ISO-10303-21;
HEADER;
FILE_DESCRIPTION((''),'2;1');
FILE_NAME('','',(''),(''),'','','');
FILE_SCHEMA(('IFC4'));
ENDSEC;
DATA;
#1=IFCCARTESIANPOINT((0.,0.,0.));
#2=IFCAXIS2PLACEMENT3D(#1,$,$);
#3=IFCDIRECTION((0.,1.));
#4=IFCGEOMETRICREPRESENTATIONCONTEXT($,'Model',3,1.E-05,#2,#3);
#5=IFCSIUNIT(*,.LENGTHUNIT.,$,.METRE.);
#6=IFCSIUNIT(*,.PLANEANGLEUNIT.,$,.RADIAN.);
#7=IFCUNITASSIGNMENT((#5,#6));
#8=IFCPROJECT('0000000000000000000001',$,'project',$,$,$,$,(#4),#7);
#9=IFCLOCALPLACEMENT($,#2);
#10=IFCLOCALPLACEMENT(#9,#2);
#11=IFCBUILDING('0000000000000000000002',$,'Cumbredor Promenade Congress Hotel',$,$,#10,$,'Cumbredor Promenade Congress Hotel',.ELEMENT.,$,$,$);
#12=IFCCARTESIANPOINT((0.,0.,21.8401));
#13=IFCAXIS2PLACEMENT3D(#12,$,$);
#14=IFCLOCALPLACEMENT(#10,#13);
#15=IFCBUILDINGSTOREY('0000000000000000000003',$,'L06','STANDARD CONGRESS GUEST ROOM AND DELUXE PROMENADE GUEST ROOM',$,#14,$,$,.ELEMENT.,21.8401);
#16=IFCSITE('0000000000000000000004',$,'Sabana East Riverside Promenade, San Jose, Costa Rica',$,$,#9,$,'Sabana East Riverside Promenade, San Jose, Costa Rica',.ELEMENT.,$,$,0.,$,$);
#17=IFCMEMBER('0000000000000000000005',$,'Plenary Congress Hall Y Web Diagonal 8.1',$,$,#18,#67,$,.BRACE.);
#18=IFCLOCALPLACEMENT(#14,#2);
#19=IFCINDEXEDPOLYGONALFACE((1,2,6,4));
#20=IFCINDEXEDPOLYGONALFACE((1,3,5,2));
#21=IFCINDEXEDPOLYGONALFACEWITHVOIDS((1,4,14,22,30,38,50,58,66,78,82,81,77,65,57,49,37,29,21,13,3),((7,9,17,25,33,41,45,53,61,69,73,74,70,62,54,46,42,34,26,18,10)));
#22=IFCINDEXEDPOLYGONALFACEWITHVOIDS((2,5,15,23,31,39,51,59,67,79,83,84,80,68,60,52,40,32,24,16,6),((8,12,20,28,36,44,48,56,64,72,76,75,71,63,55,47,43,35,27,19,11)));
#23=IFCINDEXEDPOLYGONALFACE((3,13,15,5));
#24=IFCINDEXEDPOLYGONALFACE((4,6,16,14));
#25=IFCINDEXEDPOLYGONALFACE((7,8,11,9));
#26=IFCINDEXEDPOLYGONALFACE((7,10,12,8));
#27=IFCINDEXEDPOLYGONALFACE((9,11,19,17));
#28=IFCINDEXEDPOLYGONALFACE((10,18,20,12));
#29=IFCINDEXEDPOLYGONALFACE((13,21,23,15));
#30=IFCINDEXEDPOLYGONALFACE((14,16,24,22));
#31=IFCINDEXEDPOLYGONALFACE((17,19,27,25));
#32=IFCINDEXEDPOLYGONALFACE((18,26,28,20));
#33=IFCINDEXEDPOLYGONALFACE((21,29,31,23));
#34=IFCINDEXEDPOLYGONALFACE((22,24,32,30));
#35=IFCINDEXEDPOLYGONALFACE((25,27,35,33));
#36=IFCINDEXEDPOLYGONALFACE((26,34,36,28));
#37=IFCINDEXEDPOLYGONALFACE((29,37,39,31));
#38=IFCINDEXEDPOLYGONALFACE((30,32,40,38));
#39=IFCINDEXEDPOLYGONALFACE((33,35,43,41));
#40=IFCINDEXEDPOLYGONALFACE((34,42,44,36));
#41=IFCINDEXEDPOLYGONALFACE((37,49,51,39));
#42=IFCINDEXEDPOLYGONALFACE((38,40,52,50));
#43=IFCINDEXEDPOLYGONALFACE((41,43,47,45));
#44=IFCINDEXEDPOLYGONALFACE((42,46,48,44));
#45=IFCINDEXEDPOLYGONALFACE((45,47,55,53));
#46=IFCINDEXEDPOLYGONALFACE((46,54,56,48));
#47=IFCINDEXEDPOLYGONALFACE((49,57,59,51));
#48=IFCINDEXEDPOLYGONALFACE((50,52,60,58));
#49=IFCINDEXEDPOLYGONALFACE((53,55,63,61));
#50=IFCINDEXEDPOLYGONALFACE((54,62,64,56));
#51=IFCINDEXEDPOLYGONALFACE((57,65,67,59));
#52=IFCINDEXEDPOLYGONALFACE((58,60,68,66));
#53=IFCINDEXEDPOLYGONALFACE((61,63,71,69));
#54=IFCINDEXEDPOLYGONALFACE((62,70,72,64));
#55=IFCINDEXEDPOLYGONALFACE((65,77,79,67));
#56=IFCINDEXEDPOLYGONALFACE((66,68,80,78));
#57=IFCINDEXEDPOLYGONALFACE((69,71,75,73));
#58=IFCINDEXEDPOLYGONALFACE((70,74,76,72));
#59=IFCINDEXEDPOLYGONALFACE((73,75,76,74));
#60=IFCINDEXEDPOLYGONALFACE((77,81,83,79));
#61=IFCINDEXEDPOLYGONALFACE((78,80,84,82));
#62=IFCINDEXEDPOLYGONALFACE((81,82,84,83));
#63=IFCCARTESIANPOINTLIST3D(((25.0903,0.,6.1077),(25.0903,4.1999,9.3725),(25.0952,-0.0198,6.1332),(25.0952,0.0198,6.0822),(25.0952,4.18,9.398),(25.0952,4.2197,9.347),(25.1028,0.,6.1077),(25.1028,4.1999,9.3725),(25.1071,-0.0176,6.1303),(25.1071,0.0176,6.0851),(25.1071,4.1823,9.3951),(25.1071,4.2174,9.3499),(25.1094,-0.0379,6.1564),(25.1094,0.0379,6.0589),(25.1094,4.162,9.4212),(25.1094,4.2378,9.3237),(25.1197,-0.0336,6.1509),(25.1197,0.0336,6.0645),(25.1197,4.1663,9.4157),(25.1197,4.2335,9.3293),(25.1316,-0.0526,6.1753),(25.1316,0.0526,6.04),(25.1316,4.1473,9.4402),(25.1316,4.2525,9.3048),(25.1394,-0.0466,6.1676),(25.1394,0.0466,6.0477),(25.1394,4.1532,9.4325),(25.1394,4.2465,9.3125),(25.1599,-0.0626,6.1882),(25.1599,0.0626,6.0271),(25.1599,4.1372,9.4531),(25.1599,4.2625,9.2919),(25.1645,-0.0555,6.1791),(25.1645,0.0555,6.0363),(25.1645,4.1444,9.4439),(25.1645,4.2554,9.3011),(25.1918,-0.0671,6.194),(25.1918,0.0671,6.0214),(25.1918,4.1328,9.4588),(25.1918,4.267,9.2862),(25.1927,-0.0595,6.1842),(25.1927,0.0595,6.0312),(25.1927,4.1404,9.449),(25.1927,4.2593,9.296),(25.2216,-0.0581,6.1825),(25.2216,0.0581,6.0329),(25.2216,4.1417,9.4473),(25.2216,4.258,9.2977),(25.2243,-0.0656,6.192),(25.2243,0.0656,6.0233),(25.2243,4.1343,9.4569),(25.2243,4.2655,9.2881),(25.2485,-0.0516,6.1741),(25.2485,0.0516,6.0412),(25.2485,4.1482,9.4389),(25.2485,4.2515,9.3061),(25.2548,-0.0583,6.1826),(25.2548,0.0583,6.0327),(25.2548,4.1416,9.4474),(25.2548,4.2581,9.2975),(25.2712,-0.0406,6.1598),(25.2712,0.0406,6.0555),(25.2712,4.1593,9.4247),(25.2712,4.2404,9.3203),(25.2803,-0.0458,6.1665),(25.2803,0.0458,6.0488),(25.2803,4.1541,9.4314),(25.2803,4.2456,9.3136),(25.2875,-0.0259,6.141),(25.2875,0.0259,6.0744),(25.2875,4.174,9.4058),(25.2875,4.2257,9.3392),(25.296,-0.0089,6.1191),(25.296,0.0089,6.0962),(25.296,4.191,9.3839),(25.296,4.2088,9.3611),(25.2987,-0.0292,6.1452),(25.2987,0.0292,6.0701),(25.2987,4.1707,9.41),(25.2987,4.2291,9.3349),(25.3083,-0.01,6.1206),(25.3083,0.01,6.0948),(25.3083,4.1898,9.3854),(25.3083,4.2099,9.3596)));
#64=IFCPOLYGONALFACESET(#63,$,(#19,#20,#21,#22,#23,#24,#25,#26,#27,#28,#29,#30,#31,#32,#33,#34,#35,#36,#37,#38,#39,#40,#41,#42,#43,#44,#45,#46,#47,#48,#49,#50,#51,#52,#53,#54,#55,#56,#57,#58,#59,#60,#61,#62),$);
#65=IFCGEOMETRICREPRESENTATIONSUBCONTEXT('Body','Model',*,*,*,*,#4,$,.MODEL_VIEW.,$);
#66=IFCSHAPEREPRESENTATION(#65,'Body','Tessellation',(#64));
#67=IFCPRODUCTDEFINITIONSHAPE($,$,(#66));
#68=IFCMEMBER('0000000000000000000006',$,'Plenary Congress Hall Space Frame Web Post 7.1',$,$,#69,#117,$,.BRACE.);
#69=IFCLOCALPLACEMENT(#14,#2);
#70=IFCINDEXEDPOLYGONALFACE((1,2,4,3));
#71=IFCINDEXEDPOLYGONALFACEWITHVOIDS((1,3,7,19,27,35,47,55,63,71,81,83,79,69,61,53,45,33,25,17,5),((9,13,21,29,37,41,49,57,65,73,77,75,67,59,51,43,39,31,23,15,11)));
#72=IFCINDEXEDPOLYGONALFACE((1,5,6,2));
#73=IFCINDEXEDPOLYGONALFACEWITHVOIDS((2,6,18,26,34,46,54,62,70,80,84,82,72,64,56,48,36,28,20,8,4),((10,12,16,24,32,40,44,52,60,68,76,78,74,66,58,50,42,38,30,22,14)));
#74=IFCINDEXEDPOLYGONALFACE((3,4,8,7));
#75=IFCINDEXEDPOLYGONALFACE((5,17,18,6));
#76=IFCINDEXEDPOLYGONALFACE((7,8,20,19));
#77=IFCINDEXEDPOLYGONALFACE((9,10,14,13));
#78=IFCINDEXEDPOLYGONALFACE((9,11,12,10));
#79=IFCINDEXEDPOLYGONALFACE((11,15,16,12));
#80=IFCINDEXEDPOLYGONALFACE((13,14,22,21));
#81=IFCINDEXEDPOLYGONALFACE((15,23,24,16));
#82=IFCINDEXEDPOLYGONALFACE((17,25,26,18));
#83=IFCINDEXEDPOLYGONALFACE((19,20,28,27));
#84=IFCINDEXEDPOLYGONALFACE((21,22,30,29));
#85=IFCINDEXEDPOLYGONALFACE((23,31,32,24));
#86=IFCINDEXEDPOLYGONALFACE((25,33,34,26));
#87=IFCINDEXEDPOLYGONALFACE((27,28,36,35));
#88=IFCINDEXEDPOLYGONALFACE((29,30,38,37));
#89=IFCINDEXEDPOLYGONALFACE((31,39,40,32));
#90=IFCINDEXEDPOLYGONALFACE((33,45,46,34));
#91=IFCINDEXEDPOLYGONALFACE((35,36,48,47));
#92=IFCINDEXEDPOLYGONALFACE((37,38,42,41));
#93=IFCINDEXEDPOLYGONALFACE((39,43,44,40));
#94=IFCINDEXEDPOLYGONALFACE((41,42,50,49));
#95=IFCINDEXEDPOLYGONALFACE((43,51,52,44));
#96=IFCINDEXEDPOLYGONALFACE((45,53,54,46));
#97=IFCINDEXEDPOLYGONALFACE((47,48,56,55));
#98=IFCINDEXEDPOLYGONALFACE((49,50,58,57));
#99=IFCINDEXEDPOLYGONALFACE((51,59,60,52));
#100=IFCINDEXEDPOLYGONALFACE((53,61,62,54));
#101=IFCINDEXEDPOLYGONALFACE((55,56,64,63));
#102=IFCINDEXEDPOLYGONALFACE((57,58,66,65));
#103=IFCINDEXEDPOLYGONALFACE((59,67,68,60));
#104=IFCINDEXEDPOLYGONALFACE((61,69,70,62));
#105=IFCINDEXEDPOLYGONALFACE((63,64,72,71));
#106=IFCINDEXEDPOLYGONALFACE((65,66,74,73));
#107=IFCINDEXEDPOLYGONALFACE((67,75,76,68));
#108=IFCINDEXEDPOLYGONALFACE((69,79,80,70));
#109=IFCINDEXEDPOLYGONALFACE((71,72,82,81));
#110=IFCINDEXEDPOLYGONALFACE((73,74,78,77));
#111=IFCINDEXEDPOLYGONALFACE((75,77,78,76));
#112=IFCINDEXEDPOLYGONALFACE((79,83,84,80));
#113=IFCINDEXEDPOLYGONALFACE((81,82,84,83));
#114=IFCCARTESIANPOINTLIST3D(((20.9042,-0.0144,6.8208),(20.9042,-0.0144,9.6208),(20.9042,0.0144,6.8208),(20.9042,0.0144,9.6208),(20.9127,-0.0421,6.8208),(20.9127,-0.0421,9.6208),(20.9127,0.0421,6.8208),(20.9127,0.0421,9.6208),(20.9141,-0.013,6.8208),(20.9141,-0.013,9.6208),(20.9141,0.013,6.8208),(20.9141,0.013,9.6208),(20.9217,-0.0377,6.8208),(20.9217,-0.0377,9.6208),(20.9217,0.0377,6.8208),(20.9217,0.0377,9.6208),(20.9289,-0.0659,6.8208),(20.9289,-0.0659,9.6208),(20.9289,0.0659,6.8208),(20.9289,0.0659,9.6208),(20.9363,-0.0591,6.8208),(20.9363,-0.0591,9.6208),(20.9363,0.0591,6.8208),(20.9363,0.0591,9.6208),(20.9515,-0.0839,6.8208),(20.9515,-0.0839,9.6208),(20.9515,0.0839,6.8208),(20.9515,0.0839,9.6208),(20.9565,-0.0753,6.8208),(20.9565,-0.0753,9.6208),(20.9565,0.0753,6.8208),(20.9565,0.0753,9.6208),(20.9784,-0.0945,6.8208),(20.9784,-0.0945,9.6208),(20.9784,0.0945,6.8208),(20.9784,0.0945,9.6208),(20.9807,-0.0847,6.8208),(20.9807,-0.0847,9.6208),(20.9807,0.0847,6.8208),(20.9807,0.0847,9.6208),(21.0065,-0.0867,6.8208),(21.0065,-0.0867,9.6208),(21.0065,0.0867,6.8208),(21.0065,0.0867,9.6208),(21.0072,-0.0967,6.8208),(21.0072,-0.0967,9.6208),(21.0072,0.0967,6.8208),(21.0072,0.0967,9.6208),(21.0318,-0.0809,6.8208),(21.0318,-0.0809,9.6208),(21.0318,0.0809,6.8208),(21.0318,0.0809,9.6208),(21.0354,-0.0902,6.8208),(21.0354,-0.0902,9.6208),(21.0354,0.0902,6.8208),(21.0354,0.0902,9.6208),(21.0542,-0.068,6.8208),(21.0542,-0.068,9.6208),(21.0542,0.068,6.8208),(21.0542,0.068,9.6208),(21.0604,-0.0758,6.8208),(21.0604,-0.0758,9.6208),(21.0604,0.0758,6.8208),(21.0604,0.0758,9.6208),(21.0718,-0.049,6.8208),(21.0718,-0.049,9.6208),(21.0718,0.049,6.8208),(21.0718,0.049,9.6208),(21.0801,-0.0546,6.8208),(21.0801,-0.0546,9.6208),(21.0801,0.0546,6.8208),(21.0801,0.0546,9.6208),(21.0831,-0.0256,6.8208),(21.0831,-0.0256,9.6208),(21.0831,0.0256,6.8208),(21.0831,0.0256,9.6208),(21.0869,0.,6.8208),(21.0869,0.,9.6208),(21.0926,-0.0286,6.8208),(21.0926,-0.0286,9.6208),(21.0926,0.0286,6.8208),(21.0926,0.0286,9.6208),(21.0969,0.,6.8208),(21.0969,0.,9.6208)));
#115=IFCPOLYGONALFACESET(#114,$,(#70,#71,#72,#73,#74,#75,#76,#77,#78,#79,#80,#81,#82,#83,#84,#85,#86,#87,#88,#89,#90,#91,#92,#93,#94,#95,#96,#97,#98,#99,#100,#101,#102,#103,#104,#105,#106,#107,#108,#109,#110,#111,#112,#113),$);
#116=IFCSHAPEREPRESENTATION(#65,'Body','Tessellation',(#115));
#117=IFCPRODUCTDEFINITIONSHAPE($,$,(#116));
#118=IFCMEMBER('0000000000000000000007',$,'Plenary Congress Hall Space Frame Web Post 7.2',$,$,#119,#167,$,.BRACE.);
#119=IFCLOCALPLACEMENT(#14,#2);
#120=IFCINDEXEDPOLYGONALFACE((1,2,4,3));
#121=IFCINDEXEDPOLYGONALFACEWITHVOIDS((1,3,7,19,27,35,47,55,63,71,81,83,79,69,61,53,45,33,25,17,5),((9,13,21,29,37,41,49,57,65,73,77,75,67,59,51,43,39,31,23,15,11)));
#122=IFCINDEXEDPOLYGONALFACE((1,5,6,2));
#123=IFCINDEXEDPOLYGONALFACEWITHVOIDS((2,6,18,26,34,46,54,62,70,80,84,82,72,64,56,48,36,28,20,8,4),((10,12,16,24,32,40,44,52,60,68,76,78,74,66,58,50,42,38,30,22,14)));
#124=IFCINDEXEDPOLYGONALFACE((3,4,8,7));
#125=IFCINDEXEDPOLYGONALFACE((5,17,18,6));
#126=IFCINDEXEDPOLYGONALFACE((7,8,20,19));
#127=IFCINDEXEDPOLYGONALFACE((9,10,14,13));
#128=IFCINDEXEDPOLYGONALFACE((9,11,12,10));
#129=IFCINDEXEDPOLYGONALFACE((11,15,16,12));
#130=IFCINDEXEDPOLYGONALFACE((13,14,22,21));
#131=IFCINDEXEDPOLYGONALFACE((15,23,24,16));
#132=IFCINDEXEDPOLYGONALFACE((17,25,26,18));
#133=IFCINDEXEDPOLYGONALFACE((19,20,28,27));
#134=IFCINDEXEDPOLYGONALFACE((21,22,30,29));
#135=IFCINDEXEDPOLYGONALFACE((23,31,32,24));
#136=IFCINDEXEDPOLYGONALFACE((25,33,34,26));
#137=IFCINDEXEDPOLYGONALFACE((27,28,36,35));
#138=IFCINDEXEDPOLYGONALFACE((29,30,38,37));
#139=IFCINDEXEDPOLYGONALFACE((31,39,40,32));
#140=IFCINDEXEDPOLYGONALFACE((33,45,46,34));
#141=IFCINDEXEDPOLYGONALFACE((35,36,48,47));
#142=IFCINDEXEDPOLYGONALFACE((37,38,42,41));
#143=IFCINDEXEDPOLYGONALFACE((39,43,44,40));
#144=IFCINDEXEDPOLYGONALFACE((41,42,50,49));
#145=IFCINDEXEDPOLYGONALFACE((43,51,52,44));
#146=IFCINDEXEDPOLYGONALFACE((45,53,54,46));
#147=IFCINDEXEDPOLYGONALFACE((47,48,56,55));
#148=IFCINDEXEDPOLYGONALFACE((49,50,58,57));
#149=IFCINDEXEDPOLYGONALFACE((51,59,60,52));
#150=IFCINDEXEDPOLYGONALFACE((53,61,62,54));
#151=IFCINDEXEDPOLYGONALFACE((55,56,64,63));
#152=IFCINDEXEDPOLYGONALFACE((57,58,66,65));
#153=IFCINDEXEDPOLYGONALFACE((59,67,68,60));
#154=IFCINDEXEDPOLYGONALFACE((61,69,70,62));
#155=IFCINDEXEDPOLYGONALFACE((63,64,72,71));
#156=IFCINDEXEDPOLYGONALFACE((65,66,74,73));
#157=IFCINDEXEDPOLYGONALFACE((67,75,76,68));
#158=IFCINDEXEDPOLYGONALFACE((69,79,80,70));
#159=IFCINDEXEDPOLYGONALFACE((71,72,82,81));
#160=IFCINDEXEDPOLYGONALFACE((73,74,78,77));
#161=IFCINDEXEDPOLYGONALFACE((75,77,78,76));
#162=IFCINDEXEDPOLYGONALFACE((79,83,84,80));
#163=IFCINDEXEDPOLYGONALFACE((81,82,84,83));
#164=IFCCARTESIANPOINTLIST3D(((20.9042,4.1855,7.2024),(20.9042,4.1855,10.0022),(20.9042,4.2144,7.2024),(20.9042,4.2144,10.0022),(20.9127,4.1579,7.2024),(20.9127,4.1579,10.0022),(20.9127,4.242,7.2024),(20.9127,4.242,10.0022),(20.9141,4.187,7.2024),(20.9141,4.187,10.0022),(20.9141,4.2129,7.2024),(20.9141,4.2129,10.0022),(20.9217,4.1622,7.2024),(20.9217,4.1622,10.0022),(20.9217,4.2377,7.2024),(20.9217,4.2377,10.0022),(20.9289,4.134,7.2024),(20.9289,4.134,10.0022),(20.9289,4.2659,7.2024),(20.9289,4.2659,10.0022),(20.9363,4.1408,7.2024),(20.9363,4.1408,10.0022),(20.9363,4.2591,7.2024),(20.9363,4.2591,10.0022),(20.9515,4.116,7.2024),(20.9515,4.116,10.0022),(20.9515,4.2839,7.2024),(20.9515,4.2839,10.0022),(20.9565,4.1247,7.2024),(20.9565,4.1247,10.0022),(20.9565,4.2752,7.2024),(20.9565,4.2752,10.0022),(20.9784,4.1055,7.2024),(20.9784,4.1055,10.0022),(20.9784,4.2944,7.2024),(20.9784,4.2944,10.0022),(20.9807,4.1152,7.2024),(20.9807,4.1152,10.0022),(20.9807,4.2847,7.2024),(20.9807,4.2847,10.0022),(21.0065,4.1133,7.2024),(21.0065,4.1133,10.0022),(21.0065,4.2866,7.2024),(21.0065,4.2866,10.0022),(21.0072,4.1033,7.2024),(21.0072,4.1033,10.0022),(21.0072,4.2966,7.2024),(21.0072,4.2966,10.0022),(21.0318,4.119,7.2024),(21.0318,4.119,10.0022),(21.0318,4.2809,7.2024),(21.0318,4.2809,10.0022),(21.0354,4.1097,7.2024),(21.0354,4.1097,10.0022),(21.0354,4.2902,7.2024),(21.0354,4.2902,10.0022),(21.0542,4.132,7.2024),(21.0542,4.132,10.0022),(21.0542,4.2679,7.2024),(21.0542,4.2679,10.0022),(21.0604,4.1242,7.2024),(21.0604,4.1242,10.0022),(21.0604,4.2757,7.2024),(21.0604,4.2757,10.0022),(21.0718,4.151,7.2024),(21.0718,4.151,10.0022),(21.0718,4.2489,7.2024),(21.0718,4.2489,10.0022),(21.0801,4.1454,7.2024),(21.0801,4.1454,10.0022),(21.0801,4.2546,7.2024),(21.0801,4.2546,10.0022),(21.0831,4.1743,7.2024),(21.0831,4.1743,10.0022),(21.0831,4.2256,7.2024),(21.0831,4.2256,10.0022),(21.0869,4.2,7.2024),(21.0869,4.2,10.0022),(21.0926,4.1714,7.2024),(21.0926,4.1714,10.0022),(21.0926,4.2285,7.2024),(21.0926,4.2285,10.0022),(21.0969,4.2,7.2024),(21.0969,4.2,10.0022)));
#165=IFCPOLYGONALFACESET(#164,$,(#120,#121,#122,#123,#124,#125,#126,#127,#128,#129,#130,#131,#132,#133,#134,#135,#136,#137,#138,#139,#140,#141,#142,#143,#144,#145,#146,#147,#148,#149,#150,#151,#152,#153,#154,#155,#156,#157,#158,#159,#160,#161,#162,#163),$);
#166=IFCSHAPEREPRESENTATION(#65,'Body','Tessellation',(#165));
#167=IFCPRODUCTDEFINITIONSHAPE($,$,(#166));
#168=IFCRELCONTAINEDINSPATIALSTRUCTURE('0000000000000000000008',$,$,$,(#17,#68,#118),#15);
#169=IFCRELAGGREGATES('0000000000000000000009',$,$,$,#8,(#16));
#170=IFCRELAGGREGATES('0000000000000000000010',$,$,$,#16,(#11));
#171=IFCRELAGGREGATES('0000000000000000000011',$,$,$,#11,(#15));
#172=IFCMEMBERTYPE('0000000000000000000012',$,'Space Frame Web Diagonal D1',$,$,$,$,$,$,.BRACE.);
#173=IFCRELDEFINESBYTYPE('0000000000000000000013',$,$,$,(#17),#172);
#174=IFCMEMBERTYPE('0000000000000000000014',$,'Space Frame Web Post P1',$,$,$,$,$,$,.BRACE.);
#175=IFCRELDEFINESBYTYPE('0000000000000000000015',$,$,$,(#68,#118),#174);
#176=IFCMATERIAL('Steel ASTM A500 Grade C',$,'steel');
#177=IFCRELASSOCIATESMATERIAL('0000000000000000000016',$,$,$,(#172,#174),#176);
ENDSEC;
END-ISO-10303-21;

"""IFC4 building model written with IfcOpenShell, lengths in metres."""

from ifc_helpers import new_model, si_unit, direction, frame, origin, origin_2d, place, context, subcontext, project, spatial, hollow_circle, extrude, material, material_profile, profile_set, type_object, element, save


model = new_model("IFC4")

# Units and contexts
model_context = context("Model", 3, precision=1e-05, world=origin(), true_north=direction((0.0, 1.0)))
body_context = subcontext(model_context, "Body", "Model", "MODEL_VIEW")
ifc_project = project(units=[si_unit("LENGTHUNIT", "METRE"), si_unit("PLANEANGLEUNIT", "RADIAN")], contexts=[model_context])

# Site, building, storey
site_placement = place(None, origin())
site = spatial("IfcSite", under=ifc_project, at=site_placement, Name="Sabana East Riverside Promenade, San Jose, Costa Rica", LongName="Sabana East Riverside Promenade, San Jose, Costa Rica", CompositionType="ELEMENT", RefElevation=0.0)
building_placement = place(site_placement, origin())
building = spatial("IfcBuilding", under=site, at=building_placement, Name="Cumbredor Promenade Congress Hotel", LongName="Cumbredor Promenade Congress Hotel", CompositionType="ELEMENT")
storey_placement = place(building_placement, frame((0.0, 0.0, 21.8401)))
storey = spatial("IfcBuildingStorey", under=building, at=storey_placement, Name="L06", Description="STANDARD CONGRESS GUEST ROOM AND DELUXE PROMENADE GUEST ROOM", CompositionType="ELEMENT", Elevation=21.8401)

# Members
ifc_material_1 = material(Name="Steel ASTM A500 Grade C", Category="steel")
ifc_material_profile_1 = material_profile(ifc_material_1, hollow_circle(Radius=0.1096, WallThickness=0.0125, at=origin_2d()), Name="CHS 219.1x12.5")
ifc_profile_set_1 = profile_set([ifc_material_profile_1], Name="Steel ASTM A500 Grade C")
member_type_1 = type_object("IfcMemberType", Name="Space Frame Web Diagonal D1", PredefinedType="BRACE", material=ifc_profile_set_1)
member_1_placement = place(storey_placement, frame((25.2, 0.0, 6.1077), z_axis=(0.0, 0.78951, 0.613737), x_axis=(-1.0, 0.0, 0.0)))
element("IfcMember", 1, at=member_1_placement, inside=storey, type_object=member_type_1, Name="Plenary Congress Hall Y Web Diagonal 8.1", PredefinedType="BRACE", context=body_context, shape_type="SweptSolid", body=[
    extrude(hollow_circle(Radius=0.1096, WallThickness=0.0125, at=origin_2d()), origin(), (0.0, 0.0, 1.0), 5.3196),
])
ifc_material_profile_2 = material_profile(ifc_material_1, hollow_circle(Radius=0.0969, WallThickness=0.01, at=origin_2d()), Name="CHS 193.7x10")
ifc_profile_set_2 = profile_set([ifc_material_profile_2], Name="Steel ASTM A500 Grade C")
member_type_2 = type_object("IfcMemberType", Name="Space Frame Web Post P1", PredefinedType="BRACE", material=ifc_profile_set_2)
member_2_placement = place(storey_placement, frame((21.0, 0.0, 6.8208), z_axis=(0.0, 0.0, 1.0), x_axis=(1.0, 0.0, 0.0)))
element("IfcMember", 2, at=member_2_placement, inside=storey, type_object=member_type_2, Name="Plenary Congress Hall Space Frame Web Post 7.1", PredefinedType="BRACE", context=body_context, shape_type="SweptSolid", body=[
    extrude(hollow_circle(Radius=0.0969, WallThickness=0.01, at=origin_2d()), origin(), (0.0, 0.0, 1.0), 2.8),
])
member_3_placement = place(storey_placement, frame((21.0, 4.2, 7.2024), z_axis=(0.0, 0.0, 1.0), x_axis=(1.0, 0.0, 0.0)))
element("IfcMember", 3, at=member_3_placement, inside=storey, type_object=member_type_2, Name="Plenary Congress Hall Space Frame Web Post 7.2", PredefinedType="BRACE", context=body_context, shape_type="SweptSolid", body=[
    extrude(hollow_circle(Radius=0.0969, WallThickness=0.01, at=origin_2d()), origin(), (0.0, 0.0, 1.0), 2.7998),
])

save(model, "model.ifc")
